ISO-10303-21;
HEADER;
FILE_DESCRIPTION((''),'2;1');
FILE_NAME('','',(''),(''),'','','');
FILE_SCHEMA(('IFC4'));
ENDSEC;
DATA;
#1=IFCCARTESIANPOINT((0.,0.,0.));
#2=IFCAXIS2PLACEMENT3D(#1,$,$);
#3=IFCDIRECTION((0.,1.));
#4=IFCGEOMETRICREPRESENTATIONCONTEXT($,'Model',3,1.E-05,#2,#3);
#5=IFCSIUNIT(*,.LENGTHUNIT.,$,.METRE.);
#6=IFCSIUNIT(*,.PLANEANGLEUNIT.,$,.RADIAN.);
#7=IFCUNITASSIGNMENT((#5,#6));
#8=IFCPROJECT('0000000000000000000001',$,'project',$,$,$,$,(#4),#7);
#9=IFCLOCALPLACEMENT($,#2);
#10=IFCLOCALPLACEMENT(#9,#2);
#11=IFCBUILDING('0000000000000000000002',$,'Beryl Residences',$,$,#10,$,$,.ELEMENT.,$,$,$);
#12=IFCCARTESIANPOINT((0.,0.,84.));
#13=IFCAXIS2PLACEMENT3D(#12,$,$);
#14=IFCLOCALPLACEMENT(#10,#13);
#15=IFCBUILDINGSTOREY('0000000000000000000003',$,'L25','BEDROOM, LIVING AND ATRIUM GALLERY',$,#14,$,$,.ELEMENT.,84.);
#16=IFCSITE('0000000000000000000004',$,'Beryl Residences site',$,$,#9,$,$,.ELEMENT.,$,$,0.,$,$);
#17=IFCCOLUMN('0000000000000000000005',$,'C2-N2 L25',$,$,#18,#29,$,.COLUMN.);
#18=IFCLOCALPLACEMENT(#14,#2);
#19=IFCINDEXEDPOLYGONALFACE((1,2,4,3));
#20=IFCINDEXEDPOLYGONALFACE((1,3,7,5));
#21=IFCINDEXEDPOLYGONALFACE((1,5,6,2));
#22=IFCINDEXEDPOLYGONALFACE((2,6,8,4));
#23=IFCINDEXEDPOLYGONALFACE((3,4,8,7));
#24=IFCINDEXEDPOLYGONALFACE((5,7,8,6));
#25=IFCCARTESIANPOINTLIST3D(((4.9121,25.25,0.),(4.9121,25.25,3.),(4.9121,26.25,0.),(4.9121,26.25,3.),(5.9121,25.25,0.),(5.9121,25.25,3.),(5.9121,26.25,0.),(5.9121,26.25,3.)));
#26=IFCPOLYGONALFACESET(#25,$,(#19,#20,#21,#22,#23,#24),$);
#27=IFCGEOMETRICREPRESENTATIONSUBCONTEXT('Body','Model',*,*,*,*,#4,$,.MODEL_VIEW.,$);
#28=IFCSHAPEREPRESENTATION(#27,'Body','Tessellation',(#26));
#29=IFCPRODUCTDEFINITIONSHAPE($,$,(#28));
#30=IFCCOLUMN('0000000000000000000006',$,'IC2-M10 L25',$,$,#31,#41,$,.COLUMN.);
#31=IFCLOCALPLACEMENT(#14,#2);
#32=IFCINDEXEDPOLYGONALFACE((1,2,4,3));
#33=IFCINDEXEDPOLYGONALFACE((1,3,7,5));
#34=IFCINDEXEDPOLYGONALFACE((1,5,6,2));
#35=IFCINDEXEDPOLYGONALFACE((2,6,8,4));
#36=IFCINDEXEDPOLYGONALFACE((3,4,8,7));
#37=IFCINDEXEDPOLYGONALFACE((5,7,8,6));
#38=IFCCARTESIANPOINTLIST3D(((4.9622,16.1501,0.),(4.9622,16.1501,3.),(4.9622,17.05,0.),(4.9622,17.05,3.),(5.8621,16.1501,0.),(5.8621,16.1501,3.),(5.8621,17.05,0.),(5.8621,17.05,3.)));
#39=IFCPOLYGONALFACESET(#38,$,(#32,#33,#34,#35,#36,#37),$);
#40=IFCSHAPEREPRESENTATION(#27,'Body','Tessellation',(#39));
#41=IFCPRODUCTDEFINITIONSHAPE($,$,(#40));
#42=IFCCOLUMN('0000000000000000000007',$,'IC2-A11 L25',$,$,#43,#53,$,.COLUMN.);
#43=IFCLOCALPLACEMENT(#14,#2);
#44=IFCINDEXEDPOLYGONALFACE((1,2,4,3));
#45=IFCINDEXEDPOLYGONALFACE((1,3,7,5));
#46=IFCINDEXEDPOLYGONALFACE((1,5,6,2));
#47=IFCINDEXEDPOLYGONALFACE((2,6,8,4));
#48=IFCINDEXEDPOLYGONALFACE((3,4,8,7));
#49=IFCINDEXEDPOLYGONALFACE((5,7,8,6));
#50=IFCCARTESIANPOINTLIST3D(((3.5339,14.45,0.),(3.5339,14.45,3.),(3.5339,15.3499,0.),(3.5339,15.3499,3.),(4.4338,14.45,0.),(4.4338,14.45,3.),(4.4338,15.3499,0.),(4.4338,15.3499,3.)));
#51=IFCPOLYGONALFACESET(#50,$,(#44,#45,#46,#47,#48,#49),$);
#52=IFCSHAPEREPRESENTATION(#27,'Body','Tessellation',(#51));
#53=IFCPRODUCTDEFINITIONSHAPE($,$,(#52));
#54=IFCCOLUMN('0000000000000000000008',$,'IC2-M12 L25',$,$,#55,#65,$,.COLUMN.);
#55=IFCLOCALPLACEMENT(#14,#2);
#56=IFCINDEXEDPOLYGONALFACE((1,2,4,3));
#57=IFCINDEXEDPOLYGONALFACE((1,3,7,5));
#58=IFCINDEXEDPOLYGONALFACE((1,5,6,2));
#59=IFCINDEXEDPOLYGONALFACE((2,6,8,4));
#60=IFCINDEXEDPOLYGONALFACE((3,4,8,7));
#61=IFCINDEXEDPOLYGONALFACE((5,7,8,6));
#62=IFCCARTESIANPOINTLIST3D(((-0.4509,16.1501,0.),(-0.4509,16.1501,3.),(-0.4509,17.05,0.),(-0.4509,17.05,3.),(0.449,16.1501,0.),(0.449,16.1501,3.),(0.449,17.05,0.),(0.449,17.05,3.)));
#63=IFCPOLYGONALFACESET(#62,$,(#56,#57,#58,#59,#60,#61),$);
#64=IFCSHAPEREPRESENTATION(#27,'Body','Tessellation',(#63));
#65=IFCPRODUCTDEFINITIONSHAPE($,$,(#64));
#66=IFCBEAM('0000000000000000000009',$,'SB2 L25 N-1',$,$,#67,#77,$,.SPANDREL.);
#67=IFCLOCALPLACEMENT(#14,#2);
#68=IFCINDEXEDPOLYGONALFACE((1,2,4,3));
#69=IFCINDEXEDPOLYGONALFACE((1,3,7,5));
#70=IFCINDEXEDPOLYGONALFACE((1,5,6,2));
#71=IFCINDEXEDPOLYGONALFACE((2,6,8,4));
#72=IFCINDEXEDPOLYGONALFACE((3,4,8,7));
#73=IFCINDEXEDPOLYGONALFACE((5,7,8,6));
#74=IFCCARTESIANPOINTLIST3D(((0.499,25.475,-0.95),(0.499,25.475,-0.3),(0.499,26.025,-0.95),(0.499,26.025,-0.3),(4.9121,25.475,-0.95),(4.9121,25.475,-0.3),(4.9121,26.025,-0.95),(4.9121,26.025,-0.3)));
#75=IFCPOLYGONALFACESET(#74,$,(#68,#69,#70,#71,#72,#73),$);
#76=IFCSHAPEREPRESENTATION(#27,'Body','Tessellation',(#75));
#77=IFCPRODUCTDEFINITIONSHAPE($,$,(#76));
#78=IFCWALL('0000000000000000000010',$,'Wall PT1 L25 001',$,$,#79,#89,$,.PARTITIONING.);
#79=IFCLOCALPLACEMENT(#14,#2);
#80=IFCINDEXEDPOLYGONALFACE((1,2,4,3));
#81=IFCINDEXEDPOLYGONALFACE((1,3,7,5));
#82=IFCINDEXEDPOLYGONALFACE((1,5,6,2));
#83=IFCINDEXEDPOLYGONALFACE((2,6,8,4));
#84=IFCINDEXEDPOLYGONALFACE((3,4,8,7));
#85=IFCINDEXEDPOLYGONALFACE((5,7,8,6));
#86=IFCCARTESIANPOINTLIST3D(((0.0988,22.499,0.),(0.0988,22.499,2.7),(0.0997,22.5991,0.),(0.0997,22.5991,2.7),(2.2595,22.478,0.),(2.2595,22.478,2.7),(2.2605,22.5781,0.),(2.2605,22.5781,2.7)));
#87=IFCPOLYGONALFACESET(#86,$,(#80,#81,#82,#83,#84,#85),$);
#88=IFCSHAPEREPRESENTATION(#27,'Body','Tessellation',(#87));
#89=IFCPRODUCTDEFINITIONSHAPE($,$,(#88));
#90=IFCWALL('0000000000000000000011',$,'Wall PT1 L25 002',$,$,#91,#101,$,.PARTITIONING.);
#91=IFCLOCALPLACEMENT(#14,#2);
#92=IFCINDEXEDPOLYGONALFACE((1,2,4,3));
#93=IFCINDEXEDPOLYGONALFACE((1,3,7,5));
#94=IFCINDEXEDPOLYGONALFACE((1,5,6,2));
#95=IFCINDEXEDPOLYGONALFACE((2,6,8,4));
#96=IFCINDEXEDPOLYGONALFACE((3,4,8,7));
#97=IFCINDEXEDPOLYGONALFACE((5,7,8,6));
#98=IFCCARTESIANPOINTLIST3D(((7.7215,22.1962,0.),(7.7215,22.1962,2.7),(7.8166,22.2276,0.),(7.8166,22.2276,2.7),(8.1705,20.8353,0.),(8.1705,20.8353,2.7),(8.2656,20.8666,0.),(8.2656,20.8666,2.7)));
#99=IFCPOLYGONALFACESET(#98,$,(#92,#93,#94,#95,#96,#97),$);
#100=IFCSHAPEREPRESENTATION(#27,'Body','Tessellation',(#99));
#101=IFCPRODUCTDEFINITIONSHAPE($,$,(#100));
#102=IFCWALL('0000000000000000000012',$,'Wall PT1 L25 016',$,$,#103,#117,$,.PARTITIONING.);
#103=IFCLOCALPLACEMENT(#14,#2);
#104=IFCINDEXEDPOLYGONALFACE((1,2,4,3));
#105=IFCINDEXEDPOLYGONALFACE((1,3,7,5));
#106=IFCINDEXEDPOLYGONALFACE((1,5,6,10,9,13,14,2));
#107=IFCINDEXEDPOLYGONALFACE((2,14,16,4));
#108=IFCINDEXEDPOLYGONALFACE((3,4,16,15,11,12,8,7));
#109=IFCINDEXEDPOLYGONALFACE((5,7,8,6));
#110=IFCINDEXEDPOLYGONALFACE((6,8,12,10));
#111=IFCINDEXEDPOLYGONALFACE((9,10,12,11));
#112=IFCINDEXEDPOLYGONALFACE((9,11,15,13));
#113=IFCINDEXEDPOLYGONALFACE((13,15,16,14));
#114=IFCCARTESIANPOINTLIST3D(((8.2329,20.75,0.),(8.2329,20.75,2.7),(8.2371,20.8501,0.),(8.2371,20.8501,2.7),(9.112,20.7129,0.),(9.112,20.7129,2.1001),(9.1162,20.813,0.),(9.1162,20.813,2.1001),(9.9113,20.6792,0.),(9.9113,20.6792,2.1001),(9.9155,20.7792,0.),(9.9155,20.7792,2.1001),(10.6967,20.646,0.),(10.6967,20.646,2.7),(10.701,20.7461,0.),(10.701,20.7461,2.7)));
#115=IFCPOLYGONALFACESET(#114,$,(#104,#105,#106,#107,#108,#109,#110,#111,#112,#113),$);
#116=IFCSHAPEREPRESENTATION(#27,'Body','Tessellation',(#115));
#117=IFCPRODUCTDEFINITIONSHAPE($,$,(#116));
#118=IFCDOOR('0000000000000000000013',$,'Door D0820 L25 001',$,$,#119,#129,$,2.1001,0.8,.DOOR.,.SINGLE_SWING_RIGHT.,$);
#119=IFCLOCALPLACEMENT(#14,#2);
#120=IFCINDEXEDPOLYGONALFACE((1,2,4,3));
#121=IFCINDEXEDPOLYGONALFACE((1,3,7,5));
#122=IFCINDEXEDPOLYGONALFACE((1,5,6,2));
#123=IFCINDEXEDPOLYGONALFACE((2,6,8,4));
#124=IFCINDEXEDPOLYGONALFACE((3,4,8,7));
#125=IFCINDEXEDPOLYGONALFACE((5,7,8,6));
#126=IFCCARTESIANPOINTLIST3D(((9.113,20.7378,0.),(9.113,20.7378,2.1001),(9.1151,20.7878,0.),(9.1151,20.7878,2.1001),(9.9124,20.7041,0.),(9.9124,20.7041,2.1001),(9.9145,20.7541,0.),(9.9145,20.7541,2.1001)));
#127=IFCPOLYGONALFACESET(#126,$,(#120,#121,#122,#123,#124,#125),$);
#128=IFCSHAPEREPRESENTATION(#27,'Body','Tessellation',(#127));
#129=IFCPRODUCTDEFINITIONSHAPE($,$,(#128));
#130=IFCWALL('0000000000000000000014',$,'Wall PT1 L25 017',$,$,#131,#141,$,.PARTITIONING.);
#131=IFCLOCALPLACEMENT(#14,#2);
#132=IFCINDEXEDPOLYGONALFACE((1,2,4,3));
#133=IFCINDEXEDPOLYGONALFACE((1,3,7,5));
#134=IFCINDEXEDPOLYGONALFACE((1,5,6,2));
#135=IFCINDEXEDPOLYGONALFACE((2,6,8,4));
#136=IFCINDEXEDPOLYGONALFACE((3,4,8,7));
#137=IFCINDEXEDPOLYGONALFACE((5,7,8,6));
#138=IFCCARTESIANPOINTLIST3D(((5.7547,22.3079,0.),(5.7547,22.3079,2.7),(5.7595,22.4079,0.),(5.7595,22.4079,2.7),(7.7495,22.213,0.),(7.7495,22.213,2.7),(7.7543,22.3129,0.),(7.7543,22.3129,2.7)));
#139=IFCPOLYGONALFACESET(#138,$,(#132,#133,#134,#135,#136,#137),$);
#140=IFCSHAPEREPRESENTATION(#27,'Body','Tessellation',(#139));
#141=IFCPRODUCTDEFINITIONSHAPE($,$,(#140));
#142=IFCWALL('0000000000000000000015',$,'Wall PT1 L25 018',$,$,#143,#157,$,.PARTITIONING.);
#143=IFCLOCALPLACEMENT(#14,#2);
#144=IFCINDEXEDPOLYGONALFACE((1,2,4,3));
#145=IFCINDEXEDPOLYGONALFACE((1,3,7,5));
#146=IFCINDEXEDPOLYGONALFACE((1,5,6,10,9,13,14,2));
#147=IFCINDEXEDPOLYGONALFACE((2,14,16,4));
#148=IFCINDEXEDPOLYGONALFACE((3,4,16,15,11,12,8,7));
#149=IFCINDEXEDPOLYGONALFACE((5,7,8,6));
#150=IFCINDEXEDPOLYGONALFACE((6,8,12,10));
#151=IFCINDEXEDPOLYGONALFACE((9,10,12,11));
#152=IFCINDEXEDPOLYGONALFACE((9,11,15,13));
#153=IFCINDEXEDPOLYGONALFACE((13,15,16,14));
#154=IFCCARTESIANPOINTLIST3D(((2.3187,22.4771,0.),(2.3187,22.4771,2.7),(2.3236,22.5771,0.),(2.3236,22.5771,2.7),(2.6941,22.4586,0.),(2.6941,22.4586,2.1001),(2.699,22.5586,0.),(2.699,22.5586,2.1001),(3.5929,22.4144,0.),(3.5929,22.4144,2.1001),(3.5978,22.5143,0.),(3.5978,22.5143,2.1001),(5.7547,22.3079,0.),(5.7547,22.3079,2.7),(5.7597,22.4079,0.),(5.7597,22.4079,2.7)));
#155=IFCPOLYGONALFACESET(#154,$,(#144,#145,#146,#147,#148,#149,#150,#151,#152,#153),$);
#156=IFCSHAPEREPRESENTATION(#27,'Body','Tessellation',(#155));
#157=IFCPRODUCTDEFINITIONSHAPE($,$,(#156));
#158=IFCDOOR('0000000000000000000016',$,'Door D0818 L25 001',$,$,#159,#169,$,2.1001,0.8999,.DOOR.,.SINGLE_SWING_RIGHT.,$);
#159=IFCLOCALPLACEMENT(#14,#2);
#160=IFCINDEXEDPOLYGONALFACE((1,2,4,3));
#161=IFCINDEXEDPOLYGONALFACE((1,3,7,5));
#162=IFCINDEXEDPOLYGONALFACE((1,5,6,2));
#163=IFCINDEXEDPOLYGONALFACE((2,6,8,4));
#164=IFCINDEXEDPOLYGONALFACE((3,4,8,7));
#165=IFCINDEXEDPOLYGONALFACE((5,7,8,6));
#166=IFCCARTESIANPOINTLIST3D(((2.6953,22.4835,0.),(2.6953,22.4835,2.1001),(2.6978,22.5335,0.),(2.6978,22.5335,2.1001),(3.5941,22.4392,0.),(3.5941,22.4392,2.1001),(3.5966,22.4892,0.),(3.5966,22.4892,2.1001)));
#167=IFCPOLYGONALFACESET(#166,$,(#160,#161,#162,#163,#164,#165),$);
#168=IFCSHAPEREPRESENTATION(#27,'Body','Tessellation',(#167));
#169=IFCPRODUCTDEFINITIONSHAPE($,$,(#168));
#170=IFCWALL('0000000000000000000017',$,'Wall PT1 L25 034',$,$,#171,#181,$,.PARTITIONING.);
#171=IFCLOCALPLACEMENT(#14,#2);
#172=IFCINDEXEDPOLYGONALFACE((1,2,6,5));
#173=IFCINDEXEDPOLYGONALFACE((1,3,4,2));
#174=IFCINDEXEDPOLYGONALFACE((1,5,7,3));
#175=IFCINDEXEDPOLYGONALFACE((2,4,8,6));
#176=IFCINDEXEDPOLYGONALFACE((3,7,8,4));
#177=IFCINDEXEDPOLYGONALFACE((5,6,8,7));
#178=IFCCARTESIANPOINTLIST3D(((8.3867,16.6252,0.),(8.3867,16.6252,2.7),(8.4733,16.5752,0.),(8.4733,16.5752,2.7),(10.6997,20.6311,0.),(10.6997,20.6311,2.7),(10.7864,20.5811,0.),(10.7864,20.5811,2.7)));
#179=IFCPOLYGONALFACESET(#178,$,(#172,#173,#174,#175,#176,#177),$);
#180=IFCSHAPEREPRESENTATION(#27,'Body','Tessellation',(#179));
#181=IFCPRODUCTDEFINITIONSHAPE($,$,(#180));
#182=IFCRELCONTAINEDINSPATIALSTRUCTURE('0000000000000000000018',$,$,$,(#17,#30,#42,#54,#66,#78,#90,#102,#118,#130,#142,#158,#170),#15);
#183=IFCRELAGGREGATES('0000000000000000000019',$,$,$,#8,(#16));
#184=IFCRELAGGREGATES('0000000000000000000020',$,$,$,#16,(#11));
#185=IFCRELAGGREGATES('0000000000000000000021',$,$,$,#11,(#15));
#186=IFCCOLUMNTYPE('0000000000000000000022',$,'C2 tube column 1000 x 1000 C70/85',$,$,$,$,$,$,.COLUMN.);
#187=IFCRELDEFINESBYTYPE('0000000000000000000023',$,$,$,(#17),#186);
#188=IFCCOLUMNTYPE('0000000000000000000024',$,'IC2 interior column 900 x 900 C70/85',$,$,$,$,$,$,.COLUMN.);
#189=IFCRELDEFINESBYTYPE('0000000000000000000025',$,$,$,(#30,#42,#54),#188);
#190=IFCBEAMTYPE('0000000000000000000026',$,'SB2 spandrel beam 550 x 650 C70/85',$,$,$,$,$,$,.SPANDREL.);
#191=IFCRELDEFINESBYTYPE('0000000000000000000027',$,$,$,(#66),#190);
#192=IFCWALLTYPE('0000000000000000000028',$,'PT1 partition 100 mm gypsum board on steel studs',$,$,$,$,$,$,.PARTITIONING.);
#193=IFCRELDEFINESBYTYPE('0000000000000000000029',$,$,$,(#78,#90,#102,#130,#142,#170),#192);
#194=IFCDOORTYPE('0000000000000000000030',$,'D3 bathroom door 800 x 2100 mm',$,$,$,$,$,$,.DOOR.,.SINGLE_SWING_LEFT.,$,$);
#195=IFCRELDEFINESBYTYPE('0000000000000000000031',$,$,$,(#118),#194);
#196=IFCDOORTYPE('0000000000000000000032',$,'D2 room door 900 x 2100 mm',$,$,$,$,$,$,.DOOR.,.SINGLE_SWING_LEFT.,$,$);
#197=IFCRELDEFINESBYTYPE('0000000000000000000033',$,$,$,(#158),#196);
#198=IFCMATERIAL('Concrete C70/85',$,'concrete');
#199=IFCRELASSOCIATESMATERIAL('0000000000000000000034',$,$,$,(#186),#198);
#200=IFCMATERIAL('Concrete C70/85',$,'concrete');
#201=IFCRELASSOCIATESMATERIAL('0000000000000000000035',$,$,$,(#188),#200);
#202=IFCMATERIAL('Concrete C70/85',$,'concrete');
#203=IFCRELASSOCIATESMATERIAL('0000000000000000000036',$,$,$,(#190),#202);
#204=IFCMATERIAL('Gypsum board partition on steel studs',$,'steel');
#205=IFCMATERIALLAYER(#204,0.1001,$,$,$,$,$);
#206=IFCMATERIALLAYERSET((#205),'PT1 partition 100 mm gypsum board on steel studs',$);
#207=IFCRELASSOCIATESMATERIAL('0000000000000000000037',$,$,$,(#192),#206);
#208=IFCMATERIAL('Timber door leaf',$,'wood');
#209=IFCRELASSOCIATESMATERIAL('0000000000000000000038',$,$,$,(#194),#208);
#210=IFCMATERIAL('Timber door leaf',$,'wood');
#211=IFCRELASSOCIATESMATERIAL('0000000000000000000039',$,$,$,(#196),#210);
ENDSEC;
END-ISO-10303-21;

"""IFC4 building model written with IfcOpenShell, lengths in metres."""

from ifc_helpers import new_model, si_unit, direction, frame, frame_2d, origin, origin_2d, place, context, subcontext, project, spatial, rectangle, extrude, material, layer, layer_set, material_profile, profile_set, type_object, element, fill, save


model = new_model("IFC4")

# Units and contexts
model_context = context("Model", 3, precision=1e-05, world=origin(), true_north=direction((0.0, 1.0)))
body_context = subcontext(model_context, "Body", "Model", "MODEL_VIEW")
ifc_project = project(units=[si_unit("LENGTHUNIT", "METRE"), si_unit("PLANEANGLEUNIT", "RADIAN")], contexts=[model_context])

# Site, building, storey
site_placement = place(None, origin())
site = spatial("IfcSite", under=ifc_project, at=site_placement, Name="Beryl Residences site", CompositionType="ELEMENT", RefElevation=0.0)
building_placement = place(site_placement, origin())
building = spatial("IfcBuilding", under=site, at=building_placement, Name="Beryl Residences", CompositionType="ELEMENT")
storey_placement = place(building_placement, frame((0.0, 0.0, 84.0)))
storey = spatial("IfcBuildingStorey", under=building, at=storey_placement, Name="L25", Description="BEDROOM, LIVING AND ATRIUM GALLERY", CompositionType="ELEMENT", Elevation=84.0)

# Columns
ifc_material_1 = material(Name="Concrete C70/85", Category="concrete")
ifc_material_profile_1 = material_profile(ifc_material_1, rectangle(XDim=1.0, YDim=1.0, at=origin_2d()))
ifc_profile_set_1 = profile_set([ifc_material_profile_1], Name="Concrete C70/85")
column_type_1 = type_object("IfcColumnType", Name="C2 tube column 1000 x 1000 C70/85", PredefinedType="COLUMN", material=ifc_profile_set_1)
column_placement = place(storey_placement, frame((5.4121, 25.75, 0.0), z_axis=(0.0, 0.0, 1.0), x_axis=(-1.0, 0.0, 0.0)))
element("IfcColumn", 1, at=column_placement, inside=storey, type_object=column_type_1, Name="C2-N2 L25", PredefinedType="COLUMN", context=body_context, shape_type="SweptSolid", body=[
    extrude(rectangle(XDim=1.0, YDim=1.0, at=origin_2d()), origin(), (0.0, 0.0, 1.0), 3.0),
])
ifc_material_2 = material(Name="Concrete C70/85", Category="concrete")
ifc_material_profile_2 = material_profile(ifc_material_2, rectangle(XDim=0.8999, YDim=0.8999, at=origin_2d()))
ifc_profile_set_2 = profile_set([ifc_material_profile_2], Name="Concrete C70/85")
column_type_2 = type_object("IfcColumnType", Name="IC2 interior column 900 x 900 C70/85", PredefinedType="COLUMN", material=ifc_profile_set_2)
for number, where, z_axis, x_axis, name in (
    (2, (5.4121, 16.6001, 0.0), (0.0, 0.0, 1.0), (-1.0, 0.0, 0.0), "IC2-M10 L25"),
    (3, (3.9839, 14.8999, 0.0), (0.0, 0.0, 1.0), (1.0, 0.0, 0.0), "IC2-A11 L25"),
    (4, (-0.001, 16.6001, 0.0), (0.0, 0.0, 1.0), (-1.0, 0.0, 0.0), "IC2-M12 L25"),
):
    element("IfcColumn", number, at=place(storey_placement, frame(where, z_axis=z_axis, x_axis=x_axis)), inside=storey, type_object=column_type_2, Name=name, PredefinedType="COLUMN", context=body_context, shape_type="SweptSolid", body=[
        extrude(rectangle(XDim=0.8999, YDim=0.8999, at=origin_2d()), origin(), (0.0, 0.0, 1.0), 3.0),
    ])

# Beam
ifc_material_3 = material(Name="Concrete C70/85", Category="concrete")
ifc_material_profile_3 = material_profile(ifc_material_3, rectangle(XDim=0.55, YDim=0.6499, at=origin_2d()))
ifc_profile_set_3 = profile_set([ifc_material_profile_3], Name="Concrete C70/85")
beam_type = type_object("IfcBeamType", Name="SB2 spandrel beam 550 x 650 C70/85", PredefinedType="SPANDREL", material=ifc_profile_set_3)
beam_placement = place(storey_placement, frame((4.9121, 25.75, -0.625), z_axis=(-1.0, 0.0, 0.0), x_axis=(0.0, -1.0, 0.0)))
element("IfcBeam", 5, at=beam_placement, inside=storey, type_object=beam_type, Name="SB2 L25 N-1", PredefinedType="SPANDREL", context=body_context, shape_type="SweptSolid", body=[
    extrude(rectangle(XDim=0.55, YDim=0.6499, at=origin_2d()), origin(), (0.0, 0.0, 1.0), 4.4131),
])

# Walls
ifc_material_4 = material(Name="Gypsum board partition on steel studs", Category="steel")
ifc_layer_1 = layer(ifc_material_4, 0.1001)
ifc_layer_set_1 = layer_set([ifc_layer_1], Name="PT1 partition 100 mm gypsum board on steel studs")
wall_type_1 = type_object("IfcWallType", Name="PT1 partition 100 mm gypsum board on steel studs", PredefinedType="PARTITIONING", material=ifc_layer_set_1)
wall_1_placement = place(storey_placement, frame((0.0991, 22.5491, 0.0), z_axis=(0.0, 0.0, 1.0), x_axis=(0.999953, -0.009716, 0.0)))
element("IfcWall", 6, at=wall_1_placement, inside=storey, type_object=wall_type_1, Name="Wall PT1 L25 001", PredefinedType="PARTITIONING", context=body_context, shape_type="SweptSolid", body=[
    extrude(rectangle(XDim=2.1609, YDim=0.1001, at=frame_2d((1.0806, 0.0))), origin(), (0.0, 0.0, 1.0), 2.7),
])
wall_2_placement = place(storey_placement, frame((7.769, 22.2119, 0.0), z_axis=(0.0, 0.0, 1.0), x_axis=(0.313313, -0.94965, 0.0)))
element("IfcWall", 7, at=wall_2_placement, inside=storey, type_object=wall_type_1, Name="Wall PT1 L25 002", PredefinedType="PARTITIONING", context=body_context, shape_type="SweptSolid", body=[
    extrude(rectangle(XDim=1.4331, YDim=0.1001, at=frame_2d((0.7166, 0.0))), origin(), (0.0, 0.0, 1.0), 2.7),
])

# Wall, opening, door
wall_3_placement = place(storey_placement, frame((8.2351, 20.8, 0.0), z_axis=(0.0, 0.0, 1.0), x_axis=(0.99911, -0.042174, 0.0)))
wall_3 = element("IfcWall", 8, at=wall_3_placement, inside=storey, type_object=wall_type_1, Name="Wall PT1 L25 016", PredefinedType="PARTITIONING", context=body_context, shape_type="SweptSolid", body=[
    extrude(rectangle(XDim=2.4661, YDim=0.1001, at=frame_2d((1.2329, 0.0))), origin(), (0.0, 0.0, 1.0), 2.7),
])
opening_1_placement = place(wall_3_placement, frame((0.8799, 0.0, 0.0)))
opening_1 = element("IfcOpeningElement", 9, at=opening_1_placement, cuts=wall_3, PredefinedType="OPENING", context=body_context, shape_type="SweptSolid", body=[
    extrude(rectangle(XDim=0.8, YDim=2.1001, at=frame_2d((0.3999, 1.05))), frame((0.0, 0.0601, 0.0), z_axis=(0.0, -1.0, 0.0), x_axis=(1.0, 0.0, 0.0)), (0.0, 0.0, 1.0), 0.1201),
])
ifc_material_5 = material(Name="Timber door leaf", Category="wood")
door_type_1 = type_object("IfcDoorType", Name="D3 bathroom door 800 x 2100 mm", OperationType="SINGLE_SWING_LEFT", PredefinedType="DOOR", material=ifc_material_5)
door_1_placement = place(opening_1_placement, origin())
door_1 = element("IfcDoor", 10, at=door_1_placement, inside=storey, type_object=door_type_1, Name="Door D0820 L25 001", OperationType="SINGLE_SWING_RIGHT", OverallHeight=2.1001, OverallWidth=0.8, PredefinedType="DOOR", context=body_context, shape_type="SweptSolid", body=[
    extrude(rectangle(XDim=0.8, YDim=2.1001, at=frame_2d((0.3999, 1.05))), frame((0.0, 0.0249, 0.0), z_axis=(0.0, -1.0, 0.0), x_axis=(1.0, 0.0, 0.0)), (0.0, 0.0, 1.0), 0.05),
])
fill(opening_1, door_1)

# Wall
wall_4_placement = place(storey_placement, frame((5.7571, 22.3579, 0.0), z_axis=(0.0, 0.0, 1.0), x_axis=(0.998869, -0.047554, 0.0)))
element("IfcWall", 11, at=wall_4_placement, inside=storey, type_object=wall_type_1, Name="Wall PT1 L25 017", PredefinedType="PARTITIONING", context=body_context, shape_type="SweptSolid", body=[
    extrude(rectangle(XDim=1.9971, YDim=0.1001, at=frame_2d((0.9985, 0.0))), origin(), (0.0, 0.0, 1.0), 2.7),
])

# Wall, opening, door
wall_5_placement = place(storey_placement, frame((2.321, 22.5271, 0.0), z_axis=(0.0, 0.0, 1.0), x_axis=(0.99879, -0.04918, 0.0)))
wall_5 = element("IfcWall", 12, at=wall_5_placement, inside=storey, type_object=wall_type_1, Name="Wall PT1 L25 018", PredefinedType="PARTITIONING", context=body_context, shape_type="SweptSolid", body=[
    extrude(rectangle(XDim=3.4402, YDim=0.1001, at=frame_2d((1.7202, 0.0))), origin(), (0.0, 0.0, 1.0), 2.7),
])
opening_2_placement = place(wall_5_placement, frame((0.376, 0.0, 0.0)))
opening_2 = element("IfcOpeningElement", 13, at=opening_2_placement, cuts=wall_5, PredefinedType="OPENING", context=body_context, shape_type="SweptSolid", body=[
    extrude(rectangle(XDim=0.8999, YDim=2.1001, at=frame_2d((0.45, 1.05))), frame((0.0, 0.0601, 0.0), z_axis=(0.0, -1.0, 0.0), x_axis=(1.0, 0.0, 0.0)), (0.0, 0.0, 1.0), 0.1201),
])
ifc_material_6 = material(Name="Timber door leaf", Category="wood")
door_type_2 = type_object("IfcDoorType", Name="D2 room door 900 x 2100 mm", OperationType="SINGLE_SWING_LEFT", PredefinedType="DOOR", material=ifc_material_6)
door_2_placement = place(opening_2_placement, origin())
door_2 = element("IfcDoor", 14, at=door_2_placement, inside=storey, type_object=door_type_2, Name="Door D0818 L25 001", OperationType="SINGLE_SWING_RIGHT", OverallHeight=2.1001, OverallWidth=0.8999, PredefinedType="DOOR", context=body_context, shape_type="SweptSolid", body=[
    extrude(rectangle(XDim=0.8999, YDim=2.1001, at=frame_2d((0.45, 1.05))), frame((0.0, 0.0249, 0.0), z_axis=(0.0, -1.0, 0.0), x_axis=(1.0, 0.0, 0.0)), (0.0, 0.0, 1.0), 0.05),
])
fill(opening_2, door_2)

# Wall
wall_6_placement = place(storey_placement, frame((8.4299, 16.6001, 0.0), z_axis=(0.0, 0.0, 1.0), x_axis=(0.500033, 0.866006, 0.0)))
element("IfcWall", 15, at=wall_6_placement, inside=storey, type_object=wall_type_1, Name="Wall PT1 L25 034", PredefinedType="PARTITIONING", context=body_context, shape_type="SweptSolid", body=[
    extrude(rectangle(XDim=4.6257, YDim=0.1001, at=frame_2d((2.313, 0.0))), origin(), (0.0, 0.0, 1.0), 2.7),
])

save(model, "model.ifc")
